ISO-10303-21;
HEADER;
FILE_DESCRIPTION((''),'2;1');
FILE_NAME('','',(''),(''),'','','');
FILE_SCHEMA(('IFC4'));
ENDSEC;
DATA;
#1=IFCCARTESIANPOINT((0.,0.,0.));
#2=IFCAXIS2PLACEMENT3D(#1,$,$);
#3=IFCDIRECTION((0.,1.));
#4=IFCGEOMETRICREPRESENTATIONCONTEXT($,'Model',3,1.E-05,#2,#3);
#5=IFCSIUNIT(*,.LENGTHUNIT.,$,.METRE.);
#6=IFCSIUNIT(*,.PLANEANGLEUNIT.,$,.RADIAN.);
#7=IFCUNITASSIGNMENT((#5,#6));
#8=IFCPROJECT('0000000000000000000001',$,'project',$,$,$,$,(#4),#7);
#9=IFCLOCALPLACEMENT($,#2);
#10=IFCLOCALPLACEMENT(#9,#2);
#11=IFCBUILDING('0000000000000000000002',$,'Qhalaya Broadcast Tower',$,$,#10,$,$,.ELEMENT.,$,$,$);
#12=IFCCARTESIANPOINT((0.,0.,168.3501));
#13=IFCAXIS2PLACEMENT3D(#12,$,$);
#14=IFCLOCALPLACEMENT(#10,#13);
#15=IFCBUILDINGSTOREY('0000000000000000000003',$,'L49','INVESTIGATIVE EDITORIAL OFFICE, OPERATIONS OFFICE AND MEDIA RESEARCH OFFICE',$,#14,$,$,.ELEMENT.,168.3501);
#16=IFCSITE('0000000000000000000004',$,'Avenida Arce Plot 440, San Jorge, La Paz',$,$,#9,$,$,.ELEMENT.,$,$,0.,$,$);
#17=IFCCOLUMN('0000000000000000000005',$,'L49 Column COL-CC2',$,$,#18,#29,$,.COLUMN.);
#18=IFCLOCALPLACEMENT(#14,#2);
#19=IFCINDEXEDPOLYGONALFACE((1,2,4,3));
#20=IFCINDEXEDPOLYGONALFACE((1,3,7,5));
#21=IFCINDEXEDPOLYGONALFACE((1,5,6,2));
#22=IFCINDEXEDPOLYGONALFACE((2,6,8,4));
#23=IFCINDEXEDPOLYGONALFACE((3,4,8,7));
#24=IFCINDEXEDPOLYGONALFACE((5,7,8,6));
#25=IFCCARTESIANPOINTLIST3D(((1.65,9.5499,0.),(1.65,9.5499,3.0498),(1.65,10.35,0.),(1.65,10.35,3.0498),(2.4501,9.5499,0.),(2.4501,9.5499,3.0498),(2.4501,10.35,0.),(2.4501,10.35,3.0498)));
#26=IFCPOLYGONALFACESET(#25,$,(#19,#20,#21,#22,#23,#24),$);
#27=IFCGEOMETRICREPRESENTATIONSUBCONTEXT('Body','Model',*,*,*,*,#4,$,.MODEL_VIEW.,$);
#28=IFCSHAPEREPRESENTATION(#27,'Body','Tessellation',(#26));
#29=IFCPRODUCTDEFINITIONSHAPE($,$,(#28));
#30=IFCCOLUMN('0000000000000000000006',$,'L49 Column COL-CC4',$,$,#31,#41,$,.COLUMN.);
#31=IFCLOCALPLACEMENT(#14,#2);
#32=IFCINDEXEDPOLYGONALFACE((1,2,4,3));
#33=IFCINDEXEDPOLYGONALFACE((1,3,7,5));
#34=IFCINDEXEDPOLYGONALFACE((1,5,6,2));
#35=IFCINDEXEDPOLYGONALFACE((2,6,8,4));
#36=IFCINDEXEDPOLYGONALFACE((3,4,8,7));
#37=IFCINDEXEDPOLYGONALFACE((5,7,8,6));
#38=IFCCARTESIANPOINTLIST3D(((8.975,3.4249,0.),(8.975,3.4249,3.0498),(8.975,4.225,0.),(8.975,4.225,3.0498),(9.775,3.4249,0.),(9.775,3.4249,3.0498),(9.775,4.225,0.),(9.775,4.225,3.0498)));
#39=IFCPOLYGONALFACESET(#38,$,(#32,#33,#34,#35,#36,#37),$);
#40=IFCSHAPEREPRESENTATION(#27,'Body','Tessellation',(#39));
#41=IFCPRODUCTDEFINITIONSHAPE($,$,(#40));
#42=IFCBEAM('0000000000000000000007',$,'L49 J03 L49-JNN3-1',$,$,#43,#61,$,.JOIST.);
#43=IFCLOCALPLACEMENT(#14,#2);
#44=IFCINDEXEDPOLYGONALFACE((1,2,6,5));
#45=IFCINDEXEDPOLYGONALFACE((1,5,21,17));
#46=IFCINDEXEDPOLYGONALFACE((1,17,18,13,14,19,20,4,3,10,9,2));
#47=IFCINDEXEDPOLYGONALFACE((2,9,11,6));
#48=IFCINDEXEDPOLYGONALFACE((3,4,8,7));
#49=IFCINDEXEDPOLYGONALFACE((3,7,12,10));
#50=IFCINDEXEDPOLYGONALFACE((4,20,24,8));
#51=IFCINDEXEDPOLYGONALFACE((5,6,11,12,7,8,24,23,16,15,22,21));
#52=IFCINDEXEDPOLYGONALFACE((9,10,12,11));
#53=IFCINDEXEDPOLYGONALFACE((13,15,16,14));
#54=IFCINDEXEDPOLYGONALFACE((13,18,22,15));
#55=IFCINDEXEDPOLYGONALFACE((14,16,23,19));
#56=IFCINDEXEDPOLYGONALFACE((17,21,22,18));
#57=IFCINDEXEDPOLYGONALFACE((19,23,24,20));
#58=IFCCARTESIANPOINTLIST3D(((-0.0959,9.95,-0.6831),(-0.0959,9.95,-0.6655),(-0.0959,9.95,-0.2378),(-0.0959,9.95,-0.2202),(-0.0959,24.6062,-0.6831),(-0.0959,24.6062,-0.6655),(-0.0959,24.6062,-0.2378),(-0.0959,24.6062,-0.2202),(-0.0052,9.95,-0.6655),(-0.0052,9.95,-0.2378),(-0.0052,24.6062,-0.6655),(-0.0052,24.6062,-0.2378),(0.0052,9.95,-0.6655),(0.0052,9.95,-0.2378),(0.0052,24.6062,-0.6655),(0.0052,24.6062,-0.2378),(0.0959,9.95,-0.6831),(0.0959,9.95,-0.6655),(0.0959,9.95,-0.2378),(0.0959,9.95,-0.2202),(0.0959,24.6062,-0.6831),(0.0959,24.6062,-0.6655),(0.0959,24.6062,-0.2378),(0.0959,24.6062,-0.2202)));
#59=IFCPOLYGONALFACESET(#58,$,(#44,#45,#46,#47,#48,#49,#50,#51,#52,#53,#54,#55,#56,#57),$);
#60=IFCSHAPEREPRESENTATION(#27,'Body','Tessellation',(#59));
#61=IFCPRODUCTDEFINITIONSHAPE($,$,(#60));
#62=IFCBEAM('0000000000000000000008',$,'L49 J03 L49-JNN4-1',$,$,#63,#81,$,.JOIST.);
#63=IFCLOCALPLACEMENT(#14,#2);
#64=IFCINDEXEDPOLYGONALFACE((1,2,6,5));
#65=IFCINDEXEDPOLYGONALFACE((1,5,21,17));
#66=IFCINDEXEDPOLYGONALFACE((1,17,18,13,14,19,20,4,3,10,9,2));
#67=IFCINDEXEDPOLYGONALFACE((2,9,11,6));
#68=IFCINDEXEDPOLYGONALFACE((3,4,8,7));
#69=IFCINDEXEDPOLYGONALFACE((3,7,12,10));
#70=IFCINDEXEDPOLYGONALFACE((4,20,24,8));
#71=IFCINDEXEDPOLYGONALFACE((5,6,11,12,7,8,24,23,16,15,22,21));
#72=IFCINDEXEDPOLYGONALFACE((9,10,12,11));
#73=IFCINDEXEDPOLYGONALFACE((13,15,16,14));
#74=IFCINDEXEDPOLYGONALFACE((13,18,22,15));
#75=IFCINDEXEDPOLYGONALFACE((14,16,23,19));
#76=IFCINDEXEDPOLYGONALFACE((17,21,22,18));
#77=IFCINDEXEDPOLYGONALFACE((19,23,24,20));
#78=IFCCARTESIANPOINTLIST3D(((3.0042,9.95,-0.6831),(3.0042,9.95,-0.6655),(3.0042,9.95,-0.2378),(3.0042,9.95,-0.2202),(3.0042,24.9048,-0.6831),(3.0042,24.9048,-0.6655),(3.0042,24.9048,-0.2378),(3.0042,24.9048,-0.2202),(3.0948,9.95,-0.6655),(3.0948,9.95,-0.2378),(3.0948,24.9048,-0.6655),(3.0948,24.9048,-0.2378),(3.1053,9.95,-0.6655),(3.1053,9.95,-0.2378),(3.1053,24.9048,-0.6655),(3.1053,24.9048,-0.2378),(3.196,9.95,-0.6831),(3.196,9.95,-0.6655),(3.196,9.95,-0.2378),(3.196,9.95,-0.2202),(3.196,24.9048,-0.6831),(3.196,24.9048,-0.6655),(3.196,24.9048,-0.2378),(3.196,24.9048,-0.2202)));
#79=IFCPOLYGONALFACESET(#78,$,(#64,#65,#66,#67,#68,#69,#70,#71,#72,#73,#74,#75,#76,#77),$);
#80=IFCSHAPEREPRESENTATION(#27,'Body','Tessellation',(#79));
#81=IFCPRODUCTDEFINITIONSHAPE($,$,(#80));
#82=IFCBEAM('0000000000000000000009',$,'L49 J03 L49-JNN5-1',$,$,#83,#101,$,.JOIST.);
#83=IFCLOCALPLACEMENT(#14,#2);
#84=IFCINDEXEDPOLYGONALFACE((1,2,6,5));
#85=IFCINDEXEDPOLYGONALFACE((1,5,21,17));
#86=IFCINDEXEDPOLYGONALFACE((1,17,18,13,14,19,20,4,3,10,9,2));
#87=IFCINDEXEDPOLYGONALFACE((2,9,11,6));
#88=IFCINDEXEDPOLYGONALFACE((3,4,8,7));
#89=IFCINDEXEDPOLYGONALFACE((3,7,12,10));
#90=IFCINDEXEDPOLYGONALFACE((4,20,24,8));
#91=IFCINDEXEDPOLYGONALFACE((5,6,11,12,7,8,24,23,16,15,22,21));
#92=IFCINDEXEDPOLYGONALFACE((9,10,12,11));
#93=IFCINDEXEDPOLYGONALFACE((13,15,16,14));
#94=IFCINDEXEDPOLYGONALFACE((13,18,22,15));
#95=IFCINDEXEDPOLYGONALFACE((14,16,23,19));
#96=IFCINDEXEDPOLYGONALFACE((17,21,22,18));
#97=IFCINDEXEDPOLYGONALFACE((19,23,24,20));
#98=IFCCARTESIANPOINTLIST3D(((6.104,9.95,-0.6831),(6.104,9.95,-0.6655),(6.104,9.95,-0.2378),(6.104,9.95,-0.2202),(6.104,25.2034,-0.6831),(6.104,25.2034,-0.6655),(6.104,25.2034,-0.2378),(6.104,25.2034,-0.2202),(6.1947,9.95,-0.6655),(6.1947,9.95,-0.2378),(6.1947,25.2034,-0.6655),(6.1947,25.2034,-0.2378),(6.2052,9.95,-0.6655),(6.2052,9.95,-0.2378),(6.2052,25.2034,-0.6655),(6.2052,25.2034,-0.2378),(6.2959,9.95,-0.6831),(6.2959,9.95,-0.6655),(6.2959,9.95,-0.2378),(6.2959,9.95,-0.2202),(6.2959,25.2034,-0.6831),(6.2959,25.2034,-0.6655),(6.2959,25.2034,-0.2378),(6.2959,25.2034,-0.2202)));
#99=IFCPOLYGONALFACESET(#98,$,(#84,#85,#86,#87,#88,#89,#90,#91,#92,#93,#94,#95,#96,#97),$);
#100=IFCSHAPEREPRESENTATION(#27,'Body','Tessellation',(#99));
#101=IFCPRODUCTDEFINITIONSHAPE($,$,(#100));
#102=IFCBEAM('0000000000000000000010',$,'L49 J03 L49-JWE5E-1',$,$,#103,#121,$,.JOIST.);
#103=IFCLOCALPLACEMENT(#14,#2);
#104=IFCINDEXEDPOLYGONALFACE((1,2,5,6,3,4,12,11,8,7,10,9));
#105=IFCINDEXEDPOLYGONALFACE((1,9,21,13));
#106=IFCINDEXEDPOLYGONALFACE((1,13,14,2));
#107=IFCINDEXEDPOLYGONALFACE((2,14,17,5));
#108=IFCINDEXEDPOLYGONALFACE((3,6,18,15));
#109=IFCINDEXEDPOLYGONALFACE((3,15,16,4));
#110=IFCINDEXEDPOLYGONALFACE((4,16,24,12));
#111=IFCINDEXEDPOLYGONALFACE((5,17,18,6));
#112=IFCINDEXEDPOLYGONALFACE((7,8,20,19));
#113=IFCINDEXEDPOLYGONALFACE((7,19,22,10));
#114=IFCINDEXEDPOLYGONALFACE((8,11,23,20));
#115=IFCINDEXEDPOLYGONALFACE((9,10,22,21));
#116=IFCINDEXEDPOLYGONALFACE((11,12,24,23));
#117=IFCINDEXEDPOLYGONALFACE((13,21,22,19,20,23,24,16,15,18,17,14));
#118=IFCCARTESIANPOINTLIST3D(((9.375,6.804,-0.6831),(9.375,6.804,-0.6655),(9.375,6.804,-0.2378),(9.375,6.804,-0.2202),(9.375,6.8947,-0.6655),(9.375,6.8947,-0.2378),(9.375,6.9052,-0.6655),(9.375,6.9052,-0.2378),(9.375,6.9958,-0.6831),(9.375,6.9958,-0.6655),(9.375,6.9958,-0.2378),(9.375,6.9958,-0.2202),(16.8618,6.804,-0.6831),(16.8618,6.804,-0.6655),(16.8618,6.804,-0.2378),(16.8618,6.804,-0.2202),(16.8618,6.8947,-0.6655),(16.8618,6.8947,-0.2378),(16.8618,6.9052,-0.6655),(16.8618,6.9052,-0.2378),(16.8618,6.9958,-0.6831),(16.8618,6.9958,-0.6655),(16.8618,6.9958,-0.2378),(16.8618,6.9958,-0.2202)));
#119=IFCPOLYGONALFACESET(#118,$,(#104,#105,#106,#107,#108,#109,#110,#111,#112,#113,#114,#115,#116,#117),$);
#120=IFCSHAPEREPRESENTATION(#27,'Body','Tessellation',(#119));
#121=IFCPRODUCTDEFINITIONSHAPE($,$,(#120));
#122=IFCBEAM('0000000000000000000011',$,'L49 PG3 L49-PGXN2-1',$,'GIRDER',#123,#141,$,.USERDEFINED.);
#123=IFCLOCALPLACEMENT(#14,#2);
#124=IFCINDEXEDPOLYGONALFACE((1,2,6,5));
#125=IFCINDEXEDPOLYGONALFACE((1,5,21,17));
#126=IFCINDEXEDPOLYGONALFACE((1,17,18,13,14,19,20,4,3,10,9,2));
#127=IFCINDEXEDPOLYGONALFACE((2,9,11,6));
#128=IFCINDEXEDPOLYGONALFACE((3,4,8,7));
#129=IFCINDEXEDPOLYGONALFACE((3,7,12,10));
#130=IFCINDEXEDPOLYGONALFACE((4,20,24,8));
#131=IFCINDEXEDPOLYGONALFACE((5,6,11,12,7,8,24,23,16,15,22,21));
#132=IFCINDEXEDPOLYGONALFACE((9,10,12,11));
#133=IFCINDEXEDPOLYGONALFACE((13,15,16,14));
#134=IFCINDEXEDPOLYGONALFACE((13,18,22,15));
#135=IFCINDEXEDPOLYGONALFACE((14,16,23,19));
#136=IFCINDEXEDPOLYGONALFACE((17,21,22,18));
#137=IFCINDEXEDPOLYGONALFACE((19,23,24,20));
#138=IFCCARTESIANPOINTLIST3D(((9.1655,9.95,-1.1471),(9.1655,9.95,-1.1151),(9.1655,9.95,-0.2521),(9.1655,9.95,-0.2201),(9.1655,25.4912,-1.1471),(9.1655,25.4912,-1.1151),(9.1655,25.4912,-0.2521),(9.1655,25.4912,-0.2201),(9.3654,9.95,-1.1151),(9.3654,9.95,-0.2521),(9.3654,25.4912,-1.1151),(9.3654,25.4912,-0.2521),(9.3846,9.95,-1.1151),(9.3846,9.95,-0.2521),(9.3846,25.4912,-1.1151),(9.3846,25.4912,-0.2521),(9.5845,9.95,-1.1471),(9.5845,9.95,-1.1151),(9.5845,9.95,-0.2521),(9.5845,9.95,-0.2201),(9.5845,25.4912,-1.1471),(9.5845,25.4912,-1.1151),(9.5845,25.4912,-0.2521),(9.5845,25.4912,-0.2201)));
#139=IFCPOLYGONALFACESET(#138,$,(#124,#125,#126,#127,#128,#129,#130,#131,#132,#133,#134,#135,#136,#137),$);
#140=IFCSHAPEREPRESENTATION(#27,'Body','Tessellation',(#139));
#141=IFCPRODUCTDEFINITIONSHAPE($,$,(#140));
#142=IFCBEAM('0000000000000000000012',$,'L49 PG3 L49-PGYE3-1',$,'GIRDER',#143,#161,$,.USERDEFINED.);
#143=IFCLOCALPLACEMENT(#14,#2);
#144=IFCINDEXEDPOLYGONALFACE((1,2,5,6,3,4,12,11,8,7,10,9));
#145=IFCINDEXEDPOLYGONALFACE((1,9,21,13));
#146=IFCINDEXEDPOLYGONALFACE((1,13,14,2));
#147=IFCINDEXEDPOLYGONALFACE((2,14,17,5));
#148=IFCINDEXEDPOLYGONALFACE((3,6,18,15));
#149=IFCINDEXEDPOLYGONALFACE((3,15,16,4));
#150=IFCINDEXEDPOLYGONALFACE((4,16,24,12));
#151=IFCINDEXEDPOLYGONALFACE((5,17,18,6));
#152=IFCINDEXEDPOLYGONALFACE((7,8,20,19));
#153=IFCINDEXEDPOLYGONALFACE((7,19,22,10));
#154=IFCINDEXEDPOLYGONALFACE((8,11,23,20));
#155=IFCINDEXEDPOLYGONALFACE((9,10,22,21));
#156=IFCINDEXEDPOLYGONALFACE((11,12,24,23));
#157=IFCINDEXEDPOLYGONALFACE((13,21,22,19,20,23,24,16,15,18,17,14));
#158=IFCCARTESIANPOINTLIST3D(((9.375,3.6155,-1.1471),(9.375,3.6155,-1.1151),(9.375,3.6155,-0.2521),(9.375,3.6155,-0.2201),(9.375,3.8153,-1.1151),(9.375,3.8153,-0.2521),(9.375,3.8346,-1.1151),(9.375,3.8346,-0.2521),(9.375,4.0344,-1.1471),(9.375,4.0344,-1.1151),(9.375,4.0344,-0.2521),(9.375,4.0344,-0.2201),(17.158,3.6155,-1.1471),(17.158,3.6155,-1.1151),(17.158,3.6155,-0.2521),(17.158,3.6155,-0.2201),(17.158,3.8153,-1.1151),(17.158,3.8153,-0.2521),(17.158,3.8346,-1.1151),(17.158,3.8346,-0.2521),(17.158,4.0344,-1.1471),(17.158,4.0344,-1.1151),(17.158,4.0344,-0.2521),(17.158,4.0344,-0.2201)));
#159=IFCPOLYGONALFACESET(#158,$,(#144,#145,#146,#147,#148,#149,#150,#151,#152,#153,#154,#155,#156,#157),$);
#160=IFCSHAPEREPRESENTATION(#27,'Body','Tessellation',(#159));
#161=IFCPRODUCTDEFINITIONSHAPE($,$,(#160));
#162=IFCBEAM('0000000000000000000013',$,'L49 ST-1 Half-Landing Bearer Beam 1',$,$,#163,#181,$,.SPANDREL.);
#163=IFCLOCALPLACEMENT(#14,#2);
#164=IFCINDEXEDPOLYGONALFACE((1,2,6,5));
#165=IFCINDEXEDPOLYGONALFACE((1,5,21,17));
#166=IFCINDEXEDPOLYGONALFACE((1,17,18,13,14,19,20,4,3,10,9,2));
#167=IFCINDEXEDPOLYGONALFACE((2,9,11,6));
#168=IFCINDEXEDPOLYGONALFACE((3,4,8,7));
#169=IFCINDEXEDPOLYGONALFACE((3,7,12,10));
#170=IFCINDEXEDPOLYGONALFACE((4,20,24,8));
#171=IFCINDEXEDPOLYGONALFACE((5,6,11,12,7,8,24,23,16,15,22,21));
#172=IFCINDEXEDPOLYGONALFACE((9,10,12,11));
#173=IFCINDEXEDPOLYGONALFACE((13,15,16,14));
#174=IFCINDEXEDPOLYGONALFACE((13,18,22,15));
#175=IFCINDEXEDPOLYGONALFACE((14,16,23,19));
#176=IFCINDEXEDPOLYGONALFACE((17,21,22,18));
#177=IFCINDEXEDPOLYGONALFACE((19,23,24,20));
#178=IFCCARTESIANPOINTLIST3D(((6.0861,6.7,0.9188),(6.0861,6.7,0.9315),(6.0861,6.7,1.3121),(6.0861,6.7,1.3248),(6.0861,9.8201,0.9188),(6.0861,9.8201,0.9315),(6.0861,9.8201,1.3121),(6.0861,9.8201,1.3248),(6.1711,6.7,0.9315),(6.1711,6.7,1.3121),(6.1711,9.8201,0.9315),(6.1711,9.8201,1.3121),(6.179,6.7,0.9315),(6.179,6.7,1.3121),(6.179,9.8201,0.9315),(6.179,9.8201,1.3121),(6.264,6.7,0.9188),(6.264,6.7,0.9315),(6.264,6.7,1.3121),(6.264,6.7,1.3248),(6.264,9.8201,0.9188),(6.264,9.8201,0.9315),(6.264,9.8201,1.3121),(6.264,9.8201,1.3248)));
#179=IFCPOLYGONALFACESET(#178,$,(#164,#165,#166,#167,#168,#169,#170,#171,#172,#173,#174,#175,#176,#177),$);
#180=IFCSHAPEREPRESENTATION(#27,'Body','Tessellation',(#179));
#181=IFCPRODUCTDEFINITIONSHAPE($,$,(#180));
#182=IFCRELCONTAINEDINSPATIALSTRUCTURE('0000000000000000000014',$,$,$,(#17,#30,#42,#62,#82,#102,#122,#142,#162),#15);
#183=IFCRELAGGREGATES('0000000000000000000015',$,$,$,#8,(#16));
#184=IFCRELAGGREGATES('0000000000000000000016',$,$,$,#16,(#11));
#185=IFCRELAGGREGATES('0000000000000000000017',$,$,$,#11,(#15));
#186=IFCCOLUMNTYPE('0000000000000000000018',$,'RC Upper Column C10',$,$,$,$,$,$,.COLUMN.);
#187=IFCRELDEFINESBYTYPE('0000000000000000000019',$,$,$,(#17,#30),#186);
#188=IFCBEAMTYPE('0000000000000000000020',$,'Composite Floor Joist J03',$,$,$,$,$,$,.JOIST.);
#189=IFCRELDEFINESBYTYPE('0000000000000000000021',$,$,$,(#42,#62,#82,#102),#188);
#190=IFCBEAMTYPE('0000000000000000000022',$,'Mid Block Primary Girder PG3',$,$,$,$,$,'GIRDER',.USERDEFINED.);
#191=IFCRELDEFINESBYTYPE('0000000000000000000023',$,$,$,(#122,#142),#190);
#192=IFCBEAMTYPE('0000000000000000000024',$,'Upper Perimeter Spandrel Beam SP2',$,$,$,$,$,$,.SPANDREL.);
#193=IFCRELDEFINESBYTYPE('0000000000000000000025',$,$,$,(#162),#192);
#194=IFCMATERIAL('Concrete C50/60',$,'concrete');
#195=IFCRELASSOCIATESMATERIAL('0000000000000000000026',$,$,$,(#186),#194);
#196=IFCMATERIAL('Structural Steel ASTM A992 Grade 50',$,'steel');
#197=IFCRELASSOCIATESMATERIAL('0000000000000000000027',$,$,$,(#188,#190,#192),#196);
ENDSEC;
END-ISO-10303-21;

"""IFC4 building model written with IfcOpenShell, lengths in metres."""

from ifc_helpers import new_model, si_unit, direction, frame, origin, origin_2d, place, context, subcontext, project, spatial, rectangle, i_section, extrude, material, material_profile, profile_set, type_object, element, save


model = new_model("IFC4")

# Units and contexts
model_context = context("Model", 3, precision=1e-05, world=origin(), true_north=direction((0.0, 1.0)))
body_context = subcontext(model_context, "Body", "Model", "MODEL_VIEW")
ifc_project = project(units=[si_unit("LENGTHUNIT", "METRE"), si_unit("PLANEANGLEUNIT", "RADIAN")], contexts=[model_context])

# Site, building, storey
site_placement = place(None, origin())
site = spatial("IfcSite", under=ifc_project, at=site_placement, Name="Avenida Arce Plot 440, San Jorge, La Paz", CompositionType="ELEMENT", RefElevation=0.0)
building_placement = place(site_placement, origin())
building = spatial("IfcBuilding", under=site, at=building_placement, Name="Qhalaya Broadcast Tower", CompositionType="ELEMENT")
storey_placement = place(building_placement, frame((0.0, 0.0, 168.3501)))
storey = spatial("IfcBuildingStorey", under=building, at=storey_placement, Name="L49", Description="INVESTIGATIVE EDITORIAL OFFICE, OPERATIONS OFFICE AND MEDIA RESEARCH OFFICE", CompositionType="ELEMENT", Elevation=168.3501)

# Columns
ifc_material_1 = material(Name="Concrete C50/60", Category="concrete")
ifc_material_profile_1 = material_profile(ifc_material_1, rectangle(XDim=0.8, YDim=0.8, at=origin_2d()), Name="RC-COL 800x800")
ifc_profile_set_1 = profile_set([ifc_material_profile_1], Name="Concrete C50/60")
column_type = type_object("IfcColumnType", Name="RC Upper Column C10", PredefinedType="COLUMN", material=ifc_profile_set_1)
for number, where, z_axis, x_axis, name in (
    (1, (2.05, 9.95, 0.0), (0.0, 0.0, 1.0), (1.0, 0.0, 0.0), "L49 Column COL-CC2"),
    (2, (9.375, 3.825, 0.0), (0.0, 0.0, 1.0), (1.0, 0.0, 0.0), "L49 Column COL-CC4"),
):
    element("IfcColumn", number, at=place(storey_placement, frame(where, z_axis=z_axis, x_axis=x_axis)), inside=storey, type_object=column_type, Name=name, PredefinedType="COLUMN", context=body_context, shape_type="SweptSolid", body=[
        extrude(rectangle(XDim=0.8, YDim=0.8, at=origin_2d()), origin(), (0.0, 0.0, 1.0), 3.0498),
    ])

# Beams
ifc_material_2 = material(Name="Structural Steel ASTM A992 Grade 50", Category="steel")
ifc_material_profile_2 = material_profile(ifc_material_2, i_section(OverallWidth=0.1919, OverallDepth=0.4629, WebThickness=0.0105, FlangeThickness=0.0176, at=origin_2d()), Name="W18X60")
ifc_profile_set_2 = profile_set([ifc_material_profile_2], Name="Structural Steel ASTM A992 Grade 50")
beam_type_1 = type_object("IfcBeamType", Name="Composite Floor Joist J03", PredefinedType="JOIST", material=ifc_profile_set_2)
beam_1_placement = place(storey_placement, frame((0.0, 9.95, -0.4517), z_axis=(0.0, 1.0, 0.0), x_axis=(-1.0, 0.0, 0.0)))
element("IfcBeam", 3, at=beam_1_placement, inside=storey, type_object=beam_type_1, Name="L49 J03 L49-JNN3-1", PredefinedType="JOIST", context=body_context, shape_type="SweptSolid", body=[
    extrude(i_section(OverallWidth=0.1919, OverallDepth=0.4629, WebThickness=0.0105, FlangeThickness=0.0176, at=origin_2d()), origin(), (0.0, 0.0, 1.0), 14.6562),
])
beam_2_placement = place(storey_placement, frame((3.1001, 9.95, -0.4517), z_axis=(0.0, 1.0, 0.0), x_axis=(-1.0, 0.0, 0.0)))
element("IfcBeam", 4, at=beam_2_placement, inside=storey, type_object=beam_type_1, Name="L49 J03 L49-JNN4-1", PredefinedType="JOIST", context=body_context, shape_type="SweptSolid", body=[
    extrude(i_section(OverallWidth=0.1919, OverallDepth=0.4629, WebThickness=0.0105, FlangeThickness=0.0176, at=origin_2d()), origin(), (0.0, 0.0, 1.0), 14.9548),
])
beam_3_placement = place(storey_placement, frame((6.2, 9.95, -0.4517), z_axis=(0.0, 1.0, 0.0), x_axis=(-1.0, 0.0, 0.0)))
element("IfcBeam", 5, at=beam_3_placement, inside=storey, type_object=beam_type_1, Name="L49 J03 L49-JNN5-1", PredefinedType="JOIST", context=body_context, shape_type="SweptSolid", body=[
    extrude(i_section(OverallWidth=0.1919, OverallDepth=0.4629, WebThickness=0.0105, FlangeThickness=0.0176, at=origin_2d()), origin(), (0.0, 0.0, 1.0), 15.2534),
])
beam_4_placement = place(storey_placement, frame((9.375, 6.8999, -0.4517), z_axis=(1.0, 0.0, 0.0), x_axis=(0.0, 1.0, 0.0)))
element("IfcBeam", 6, at=beam_4_placement, inside=storey, type_object=beam_type_1, Name="L49 J03 L49-JWE5E-1", PredefinedType="JOIST", context=body_context, shape_type="SweptSolid", body=[
    extrude(i_section(OverallWidth=0.1919, OverallDepth=0.4629, WebThickness=0.0105, FlangeThickness=0.0176, at=origin_2d()), origin(), (0.0, 0.0, 1.0), 7.4868),
])
ifc_material_profile_3 = material_profile(ifc_material_2, i_section(OverallWidth=0.4189, OverallDepth=0.927, WebThickness=0.0193, FlangeThickness=0.032, at=origin_2d()), Name="W36X231")
ifc_profile_set_3 = profile_set([ifc_material_profile_3], Name="Structural Steel ASTM A992 Grade 50")
beam_type_2 = type_object("IfcBeamType", Name="Mid Block Primary Girder PG3", ElementType="GIRDER", PredefinedType="USERDEFINED", material=ifc_profile_set_3)
beam_5_placement = place(storey_placement, frame((9.375, 9.95, -0.6836), z_axis=(0.0, 1.0, 0.0), x_axis=(-1.0, 0.0, 0.0)))
element("IfcBeam", 7, at=beam_5_placement, inside=storey, type_object=beam_type_2, Name="L49 PG3 L49-PGXN2-1", ObjectType="GIRDER", PredefinedType="USERDEFINED", context=body_context, shape_type="SweptSolid", body=[
    extrude(i_section(OverallWidth=0.4189, OverallDepth=0.927, WebThickness=0.0193, FlangeThickness=0.032, at=origin_2d()), origin(), (0.0, 0.0, 1.0), 15.5413),
])
beam_6_placement = place(storey_placement, frame((9.375, 3.825, -0.6836), z_axis=(1.0, 0.0, 0.0), x_axis=(0.0, 1.0, 0.0)))
element("IfcBeam", 8, at=beam_6_placement, inside=storey, type_object=beam_type_2, Name="L49 PG3 L49-PGYE3-1", ObjectType="GIRDER", PredefinedType="USERDEFINED", context=body_context, shape_type="SweptSolid", body=[
    extrude(i_section(OverallWidth=0.4189, OverallDepth=0.927, WebThickness=0.0193, FlangeThickness=0.032, at=origin_2d()), origin(), (0.0, 0.0, 1.0), 7.783),
])
ifc_material_profile_4 = material_profile(ifc_material_2, i_section(OverallWidth=0.178, OverallDepth=0.406, WebThickness=0.0078, FlangeThickness=0.0127, at=origin_2d()), Name="W16X40")
ifc_profile_set_4 = profile_set([ifc_material_profile_4], Name="Structural Steel ASTM A992 Grade 50")
beam_type_3 = type_object("IfcBeamType", Name="Upper Perimeter Spandrel Beam SP2", PredefinedType="SPANDREL", material=ifc_profile_set_4)
for number, where, z_axis, x_axis, name in (
    (9, (6.175, 6.7, 1.1218), (0.0, 1.0, 0.0), (-1.0, 0.0, 0.0), "L49 ST-1 Half-Landing Bearer Beam 1"),
):
    element("IfcBeam", number, at=place(storey_placement, frame(where, z_axis=z_axis, x_axis=x_axis)), inside=storey, type_object=beam_type_3, Name=name, PredefinedType="SPANDREL", context=body_context, shape_type="SweptSolid", body=[
        extrude(i_section(OverallWidth=0.178, OverallDepth=0.406, WebThickness=0.0078, FlangeThickness=0.0127, at=origin_2d()), origin(), (0.0, 0.0, 1.0), 3.1201),
    ])

save(model, "model.ifc")
